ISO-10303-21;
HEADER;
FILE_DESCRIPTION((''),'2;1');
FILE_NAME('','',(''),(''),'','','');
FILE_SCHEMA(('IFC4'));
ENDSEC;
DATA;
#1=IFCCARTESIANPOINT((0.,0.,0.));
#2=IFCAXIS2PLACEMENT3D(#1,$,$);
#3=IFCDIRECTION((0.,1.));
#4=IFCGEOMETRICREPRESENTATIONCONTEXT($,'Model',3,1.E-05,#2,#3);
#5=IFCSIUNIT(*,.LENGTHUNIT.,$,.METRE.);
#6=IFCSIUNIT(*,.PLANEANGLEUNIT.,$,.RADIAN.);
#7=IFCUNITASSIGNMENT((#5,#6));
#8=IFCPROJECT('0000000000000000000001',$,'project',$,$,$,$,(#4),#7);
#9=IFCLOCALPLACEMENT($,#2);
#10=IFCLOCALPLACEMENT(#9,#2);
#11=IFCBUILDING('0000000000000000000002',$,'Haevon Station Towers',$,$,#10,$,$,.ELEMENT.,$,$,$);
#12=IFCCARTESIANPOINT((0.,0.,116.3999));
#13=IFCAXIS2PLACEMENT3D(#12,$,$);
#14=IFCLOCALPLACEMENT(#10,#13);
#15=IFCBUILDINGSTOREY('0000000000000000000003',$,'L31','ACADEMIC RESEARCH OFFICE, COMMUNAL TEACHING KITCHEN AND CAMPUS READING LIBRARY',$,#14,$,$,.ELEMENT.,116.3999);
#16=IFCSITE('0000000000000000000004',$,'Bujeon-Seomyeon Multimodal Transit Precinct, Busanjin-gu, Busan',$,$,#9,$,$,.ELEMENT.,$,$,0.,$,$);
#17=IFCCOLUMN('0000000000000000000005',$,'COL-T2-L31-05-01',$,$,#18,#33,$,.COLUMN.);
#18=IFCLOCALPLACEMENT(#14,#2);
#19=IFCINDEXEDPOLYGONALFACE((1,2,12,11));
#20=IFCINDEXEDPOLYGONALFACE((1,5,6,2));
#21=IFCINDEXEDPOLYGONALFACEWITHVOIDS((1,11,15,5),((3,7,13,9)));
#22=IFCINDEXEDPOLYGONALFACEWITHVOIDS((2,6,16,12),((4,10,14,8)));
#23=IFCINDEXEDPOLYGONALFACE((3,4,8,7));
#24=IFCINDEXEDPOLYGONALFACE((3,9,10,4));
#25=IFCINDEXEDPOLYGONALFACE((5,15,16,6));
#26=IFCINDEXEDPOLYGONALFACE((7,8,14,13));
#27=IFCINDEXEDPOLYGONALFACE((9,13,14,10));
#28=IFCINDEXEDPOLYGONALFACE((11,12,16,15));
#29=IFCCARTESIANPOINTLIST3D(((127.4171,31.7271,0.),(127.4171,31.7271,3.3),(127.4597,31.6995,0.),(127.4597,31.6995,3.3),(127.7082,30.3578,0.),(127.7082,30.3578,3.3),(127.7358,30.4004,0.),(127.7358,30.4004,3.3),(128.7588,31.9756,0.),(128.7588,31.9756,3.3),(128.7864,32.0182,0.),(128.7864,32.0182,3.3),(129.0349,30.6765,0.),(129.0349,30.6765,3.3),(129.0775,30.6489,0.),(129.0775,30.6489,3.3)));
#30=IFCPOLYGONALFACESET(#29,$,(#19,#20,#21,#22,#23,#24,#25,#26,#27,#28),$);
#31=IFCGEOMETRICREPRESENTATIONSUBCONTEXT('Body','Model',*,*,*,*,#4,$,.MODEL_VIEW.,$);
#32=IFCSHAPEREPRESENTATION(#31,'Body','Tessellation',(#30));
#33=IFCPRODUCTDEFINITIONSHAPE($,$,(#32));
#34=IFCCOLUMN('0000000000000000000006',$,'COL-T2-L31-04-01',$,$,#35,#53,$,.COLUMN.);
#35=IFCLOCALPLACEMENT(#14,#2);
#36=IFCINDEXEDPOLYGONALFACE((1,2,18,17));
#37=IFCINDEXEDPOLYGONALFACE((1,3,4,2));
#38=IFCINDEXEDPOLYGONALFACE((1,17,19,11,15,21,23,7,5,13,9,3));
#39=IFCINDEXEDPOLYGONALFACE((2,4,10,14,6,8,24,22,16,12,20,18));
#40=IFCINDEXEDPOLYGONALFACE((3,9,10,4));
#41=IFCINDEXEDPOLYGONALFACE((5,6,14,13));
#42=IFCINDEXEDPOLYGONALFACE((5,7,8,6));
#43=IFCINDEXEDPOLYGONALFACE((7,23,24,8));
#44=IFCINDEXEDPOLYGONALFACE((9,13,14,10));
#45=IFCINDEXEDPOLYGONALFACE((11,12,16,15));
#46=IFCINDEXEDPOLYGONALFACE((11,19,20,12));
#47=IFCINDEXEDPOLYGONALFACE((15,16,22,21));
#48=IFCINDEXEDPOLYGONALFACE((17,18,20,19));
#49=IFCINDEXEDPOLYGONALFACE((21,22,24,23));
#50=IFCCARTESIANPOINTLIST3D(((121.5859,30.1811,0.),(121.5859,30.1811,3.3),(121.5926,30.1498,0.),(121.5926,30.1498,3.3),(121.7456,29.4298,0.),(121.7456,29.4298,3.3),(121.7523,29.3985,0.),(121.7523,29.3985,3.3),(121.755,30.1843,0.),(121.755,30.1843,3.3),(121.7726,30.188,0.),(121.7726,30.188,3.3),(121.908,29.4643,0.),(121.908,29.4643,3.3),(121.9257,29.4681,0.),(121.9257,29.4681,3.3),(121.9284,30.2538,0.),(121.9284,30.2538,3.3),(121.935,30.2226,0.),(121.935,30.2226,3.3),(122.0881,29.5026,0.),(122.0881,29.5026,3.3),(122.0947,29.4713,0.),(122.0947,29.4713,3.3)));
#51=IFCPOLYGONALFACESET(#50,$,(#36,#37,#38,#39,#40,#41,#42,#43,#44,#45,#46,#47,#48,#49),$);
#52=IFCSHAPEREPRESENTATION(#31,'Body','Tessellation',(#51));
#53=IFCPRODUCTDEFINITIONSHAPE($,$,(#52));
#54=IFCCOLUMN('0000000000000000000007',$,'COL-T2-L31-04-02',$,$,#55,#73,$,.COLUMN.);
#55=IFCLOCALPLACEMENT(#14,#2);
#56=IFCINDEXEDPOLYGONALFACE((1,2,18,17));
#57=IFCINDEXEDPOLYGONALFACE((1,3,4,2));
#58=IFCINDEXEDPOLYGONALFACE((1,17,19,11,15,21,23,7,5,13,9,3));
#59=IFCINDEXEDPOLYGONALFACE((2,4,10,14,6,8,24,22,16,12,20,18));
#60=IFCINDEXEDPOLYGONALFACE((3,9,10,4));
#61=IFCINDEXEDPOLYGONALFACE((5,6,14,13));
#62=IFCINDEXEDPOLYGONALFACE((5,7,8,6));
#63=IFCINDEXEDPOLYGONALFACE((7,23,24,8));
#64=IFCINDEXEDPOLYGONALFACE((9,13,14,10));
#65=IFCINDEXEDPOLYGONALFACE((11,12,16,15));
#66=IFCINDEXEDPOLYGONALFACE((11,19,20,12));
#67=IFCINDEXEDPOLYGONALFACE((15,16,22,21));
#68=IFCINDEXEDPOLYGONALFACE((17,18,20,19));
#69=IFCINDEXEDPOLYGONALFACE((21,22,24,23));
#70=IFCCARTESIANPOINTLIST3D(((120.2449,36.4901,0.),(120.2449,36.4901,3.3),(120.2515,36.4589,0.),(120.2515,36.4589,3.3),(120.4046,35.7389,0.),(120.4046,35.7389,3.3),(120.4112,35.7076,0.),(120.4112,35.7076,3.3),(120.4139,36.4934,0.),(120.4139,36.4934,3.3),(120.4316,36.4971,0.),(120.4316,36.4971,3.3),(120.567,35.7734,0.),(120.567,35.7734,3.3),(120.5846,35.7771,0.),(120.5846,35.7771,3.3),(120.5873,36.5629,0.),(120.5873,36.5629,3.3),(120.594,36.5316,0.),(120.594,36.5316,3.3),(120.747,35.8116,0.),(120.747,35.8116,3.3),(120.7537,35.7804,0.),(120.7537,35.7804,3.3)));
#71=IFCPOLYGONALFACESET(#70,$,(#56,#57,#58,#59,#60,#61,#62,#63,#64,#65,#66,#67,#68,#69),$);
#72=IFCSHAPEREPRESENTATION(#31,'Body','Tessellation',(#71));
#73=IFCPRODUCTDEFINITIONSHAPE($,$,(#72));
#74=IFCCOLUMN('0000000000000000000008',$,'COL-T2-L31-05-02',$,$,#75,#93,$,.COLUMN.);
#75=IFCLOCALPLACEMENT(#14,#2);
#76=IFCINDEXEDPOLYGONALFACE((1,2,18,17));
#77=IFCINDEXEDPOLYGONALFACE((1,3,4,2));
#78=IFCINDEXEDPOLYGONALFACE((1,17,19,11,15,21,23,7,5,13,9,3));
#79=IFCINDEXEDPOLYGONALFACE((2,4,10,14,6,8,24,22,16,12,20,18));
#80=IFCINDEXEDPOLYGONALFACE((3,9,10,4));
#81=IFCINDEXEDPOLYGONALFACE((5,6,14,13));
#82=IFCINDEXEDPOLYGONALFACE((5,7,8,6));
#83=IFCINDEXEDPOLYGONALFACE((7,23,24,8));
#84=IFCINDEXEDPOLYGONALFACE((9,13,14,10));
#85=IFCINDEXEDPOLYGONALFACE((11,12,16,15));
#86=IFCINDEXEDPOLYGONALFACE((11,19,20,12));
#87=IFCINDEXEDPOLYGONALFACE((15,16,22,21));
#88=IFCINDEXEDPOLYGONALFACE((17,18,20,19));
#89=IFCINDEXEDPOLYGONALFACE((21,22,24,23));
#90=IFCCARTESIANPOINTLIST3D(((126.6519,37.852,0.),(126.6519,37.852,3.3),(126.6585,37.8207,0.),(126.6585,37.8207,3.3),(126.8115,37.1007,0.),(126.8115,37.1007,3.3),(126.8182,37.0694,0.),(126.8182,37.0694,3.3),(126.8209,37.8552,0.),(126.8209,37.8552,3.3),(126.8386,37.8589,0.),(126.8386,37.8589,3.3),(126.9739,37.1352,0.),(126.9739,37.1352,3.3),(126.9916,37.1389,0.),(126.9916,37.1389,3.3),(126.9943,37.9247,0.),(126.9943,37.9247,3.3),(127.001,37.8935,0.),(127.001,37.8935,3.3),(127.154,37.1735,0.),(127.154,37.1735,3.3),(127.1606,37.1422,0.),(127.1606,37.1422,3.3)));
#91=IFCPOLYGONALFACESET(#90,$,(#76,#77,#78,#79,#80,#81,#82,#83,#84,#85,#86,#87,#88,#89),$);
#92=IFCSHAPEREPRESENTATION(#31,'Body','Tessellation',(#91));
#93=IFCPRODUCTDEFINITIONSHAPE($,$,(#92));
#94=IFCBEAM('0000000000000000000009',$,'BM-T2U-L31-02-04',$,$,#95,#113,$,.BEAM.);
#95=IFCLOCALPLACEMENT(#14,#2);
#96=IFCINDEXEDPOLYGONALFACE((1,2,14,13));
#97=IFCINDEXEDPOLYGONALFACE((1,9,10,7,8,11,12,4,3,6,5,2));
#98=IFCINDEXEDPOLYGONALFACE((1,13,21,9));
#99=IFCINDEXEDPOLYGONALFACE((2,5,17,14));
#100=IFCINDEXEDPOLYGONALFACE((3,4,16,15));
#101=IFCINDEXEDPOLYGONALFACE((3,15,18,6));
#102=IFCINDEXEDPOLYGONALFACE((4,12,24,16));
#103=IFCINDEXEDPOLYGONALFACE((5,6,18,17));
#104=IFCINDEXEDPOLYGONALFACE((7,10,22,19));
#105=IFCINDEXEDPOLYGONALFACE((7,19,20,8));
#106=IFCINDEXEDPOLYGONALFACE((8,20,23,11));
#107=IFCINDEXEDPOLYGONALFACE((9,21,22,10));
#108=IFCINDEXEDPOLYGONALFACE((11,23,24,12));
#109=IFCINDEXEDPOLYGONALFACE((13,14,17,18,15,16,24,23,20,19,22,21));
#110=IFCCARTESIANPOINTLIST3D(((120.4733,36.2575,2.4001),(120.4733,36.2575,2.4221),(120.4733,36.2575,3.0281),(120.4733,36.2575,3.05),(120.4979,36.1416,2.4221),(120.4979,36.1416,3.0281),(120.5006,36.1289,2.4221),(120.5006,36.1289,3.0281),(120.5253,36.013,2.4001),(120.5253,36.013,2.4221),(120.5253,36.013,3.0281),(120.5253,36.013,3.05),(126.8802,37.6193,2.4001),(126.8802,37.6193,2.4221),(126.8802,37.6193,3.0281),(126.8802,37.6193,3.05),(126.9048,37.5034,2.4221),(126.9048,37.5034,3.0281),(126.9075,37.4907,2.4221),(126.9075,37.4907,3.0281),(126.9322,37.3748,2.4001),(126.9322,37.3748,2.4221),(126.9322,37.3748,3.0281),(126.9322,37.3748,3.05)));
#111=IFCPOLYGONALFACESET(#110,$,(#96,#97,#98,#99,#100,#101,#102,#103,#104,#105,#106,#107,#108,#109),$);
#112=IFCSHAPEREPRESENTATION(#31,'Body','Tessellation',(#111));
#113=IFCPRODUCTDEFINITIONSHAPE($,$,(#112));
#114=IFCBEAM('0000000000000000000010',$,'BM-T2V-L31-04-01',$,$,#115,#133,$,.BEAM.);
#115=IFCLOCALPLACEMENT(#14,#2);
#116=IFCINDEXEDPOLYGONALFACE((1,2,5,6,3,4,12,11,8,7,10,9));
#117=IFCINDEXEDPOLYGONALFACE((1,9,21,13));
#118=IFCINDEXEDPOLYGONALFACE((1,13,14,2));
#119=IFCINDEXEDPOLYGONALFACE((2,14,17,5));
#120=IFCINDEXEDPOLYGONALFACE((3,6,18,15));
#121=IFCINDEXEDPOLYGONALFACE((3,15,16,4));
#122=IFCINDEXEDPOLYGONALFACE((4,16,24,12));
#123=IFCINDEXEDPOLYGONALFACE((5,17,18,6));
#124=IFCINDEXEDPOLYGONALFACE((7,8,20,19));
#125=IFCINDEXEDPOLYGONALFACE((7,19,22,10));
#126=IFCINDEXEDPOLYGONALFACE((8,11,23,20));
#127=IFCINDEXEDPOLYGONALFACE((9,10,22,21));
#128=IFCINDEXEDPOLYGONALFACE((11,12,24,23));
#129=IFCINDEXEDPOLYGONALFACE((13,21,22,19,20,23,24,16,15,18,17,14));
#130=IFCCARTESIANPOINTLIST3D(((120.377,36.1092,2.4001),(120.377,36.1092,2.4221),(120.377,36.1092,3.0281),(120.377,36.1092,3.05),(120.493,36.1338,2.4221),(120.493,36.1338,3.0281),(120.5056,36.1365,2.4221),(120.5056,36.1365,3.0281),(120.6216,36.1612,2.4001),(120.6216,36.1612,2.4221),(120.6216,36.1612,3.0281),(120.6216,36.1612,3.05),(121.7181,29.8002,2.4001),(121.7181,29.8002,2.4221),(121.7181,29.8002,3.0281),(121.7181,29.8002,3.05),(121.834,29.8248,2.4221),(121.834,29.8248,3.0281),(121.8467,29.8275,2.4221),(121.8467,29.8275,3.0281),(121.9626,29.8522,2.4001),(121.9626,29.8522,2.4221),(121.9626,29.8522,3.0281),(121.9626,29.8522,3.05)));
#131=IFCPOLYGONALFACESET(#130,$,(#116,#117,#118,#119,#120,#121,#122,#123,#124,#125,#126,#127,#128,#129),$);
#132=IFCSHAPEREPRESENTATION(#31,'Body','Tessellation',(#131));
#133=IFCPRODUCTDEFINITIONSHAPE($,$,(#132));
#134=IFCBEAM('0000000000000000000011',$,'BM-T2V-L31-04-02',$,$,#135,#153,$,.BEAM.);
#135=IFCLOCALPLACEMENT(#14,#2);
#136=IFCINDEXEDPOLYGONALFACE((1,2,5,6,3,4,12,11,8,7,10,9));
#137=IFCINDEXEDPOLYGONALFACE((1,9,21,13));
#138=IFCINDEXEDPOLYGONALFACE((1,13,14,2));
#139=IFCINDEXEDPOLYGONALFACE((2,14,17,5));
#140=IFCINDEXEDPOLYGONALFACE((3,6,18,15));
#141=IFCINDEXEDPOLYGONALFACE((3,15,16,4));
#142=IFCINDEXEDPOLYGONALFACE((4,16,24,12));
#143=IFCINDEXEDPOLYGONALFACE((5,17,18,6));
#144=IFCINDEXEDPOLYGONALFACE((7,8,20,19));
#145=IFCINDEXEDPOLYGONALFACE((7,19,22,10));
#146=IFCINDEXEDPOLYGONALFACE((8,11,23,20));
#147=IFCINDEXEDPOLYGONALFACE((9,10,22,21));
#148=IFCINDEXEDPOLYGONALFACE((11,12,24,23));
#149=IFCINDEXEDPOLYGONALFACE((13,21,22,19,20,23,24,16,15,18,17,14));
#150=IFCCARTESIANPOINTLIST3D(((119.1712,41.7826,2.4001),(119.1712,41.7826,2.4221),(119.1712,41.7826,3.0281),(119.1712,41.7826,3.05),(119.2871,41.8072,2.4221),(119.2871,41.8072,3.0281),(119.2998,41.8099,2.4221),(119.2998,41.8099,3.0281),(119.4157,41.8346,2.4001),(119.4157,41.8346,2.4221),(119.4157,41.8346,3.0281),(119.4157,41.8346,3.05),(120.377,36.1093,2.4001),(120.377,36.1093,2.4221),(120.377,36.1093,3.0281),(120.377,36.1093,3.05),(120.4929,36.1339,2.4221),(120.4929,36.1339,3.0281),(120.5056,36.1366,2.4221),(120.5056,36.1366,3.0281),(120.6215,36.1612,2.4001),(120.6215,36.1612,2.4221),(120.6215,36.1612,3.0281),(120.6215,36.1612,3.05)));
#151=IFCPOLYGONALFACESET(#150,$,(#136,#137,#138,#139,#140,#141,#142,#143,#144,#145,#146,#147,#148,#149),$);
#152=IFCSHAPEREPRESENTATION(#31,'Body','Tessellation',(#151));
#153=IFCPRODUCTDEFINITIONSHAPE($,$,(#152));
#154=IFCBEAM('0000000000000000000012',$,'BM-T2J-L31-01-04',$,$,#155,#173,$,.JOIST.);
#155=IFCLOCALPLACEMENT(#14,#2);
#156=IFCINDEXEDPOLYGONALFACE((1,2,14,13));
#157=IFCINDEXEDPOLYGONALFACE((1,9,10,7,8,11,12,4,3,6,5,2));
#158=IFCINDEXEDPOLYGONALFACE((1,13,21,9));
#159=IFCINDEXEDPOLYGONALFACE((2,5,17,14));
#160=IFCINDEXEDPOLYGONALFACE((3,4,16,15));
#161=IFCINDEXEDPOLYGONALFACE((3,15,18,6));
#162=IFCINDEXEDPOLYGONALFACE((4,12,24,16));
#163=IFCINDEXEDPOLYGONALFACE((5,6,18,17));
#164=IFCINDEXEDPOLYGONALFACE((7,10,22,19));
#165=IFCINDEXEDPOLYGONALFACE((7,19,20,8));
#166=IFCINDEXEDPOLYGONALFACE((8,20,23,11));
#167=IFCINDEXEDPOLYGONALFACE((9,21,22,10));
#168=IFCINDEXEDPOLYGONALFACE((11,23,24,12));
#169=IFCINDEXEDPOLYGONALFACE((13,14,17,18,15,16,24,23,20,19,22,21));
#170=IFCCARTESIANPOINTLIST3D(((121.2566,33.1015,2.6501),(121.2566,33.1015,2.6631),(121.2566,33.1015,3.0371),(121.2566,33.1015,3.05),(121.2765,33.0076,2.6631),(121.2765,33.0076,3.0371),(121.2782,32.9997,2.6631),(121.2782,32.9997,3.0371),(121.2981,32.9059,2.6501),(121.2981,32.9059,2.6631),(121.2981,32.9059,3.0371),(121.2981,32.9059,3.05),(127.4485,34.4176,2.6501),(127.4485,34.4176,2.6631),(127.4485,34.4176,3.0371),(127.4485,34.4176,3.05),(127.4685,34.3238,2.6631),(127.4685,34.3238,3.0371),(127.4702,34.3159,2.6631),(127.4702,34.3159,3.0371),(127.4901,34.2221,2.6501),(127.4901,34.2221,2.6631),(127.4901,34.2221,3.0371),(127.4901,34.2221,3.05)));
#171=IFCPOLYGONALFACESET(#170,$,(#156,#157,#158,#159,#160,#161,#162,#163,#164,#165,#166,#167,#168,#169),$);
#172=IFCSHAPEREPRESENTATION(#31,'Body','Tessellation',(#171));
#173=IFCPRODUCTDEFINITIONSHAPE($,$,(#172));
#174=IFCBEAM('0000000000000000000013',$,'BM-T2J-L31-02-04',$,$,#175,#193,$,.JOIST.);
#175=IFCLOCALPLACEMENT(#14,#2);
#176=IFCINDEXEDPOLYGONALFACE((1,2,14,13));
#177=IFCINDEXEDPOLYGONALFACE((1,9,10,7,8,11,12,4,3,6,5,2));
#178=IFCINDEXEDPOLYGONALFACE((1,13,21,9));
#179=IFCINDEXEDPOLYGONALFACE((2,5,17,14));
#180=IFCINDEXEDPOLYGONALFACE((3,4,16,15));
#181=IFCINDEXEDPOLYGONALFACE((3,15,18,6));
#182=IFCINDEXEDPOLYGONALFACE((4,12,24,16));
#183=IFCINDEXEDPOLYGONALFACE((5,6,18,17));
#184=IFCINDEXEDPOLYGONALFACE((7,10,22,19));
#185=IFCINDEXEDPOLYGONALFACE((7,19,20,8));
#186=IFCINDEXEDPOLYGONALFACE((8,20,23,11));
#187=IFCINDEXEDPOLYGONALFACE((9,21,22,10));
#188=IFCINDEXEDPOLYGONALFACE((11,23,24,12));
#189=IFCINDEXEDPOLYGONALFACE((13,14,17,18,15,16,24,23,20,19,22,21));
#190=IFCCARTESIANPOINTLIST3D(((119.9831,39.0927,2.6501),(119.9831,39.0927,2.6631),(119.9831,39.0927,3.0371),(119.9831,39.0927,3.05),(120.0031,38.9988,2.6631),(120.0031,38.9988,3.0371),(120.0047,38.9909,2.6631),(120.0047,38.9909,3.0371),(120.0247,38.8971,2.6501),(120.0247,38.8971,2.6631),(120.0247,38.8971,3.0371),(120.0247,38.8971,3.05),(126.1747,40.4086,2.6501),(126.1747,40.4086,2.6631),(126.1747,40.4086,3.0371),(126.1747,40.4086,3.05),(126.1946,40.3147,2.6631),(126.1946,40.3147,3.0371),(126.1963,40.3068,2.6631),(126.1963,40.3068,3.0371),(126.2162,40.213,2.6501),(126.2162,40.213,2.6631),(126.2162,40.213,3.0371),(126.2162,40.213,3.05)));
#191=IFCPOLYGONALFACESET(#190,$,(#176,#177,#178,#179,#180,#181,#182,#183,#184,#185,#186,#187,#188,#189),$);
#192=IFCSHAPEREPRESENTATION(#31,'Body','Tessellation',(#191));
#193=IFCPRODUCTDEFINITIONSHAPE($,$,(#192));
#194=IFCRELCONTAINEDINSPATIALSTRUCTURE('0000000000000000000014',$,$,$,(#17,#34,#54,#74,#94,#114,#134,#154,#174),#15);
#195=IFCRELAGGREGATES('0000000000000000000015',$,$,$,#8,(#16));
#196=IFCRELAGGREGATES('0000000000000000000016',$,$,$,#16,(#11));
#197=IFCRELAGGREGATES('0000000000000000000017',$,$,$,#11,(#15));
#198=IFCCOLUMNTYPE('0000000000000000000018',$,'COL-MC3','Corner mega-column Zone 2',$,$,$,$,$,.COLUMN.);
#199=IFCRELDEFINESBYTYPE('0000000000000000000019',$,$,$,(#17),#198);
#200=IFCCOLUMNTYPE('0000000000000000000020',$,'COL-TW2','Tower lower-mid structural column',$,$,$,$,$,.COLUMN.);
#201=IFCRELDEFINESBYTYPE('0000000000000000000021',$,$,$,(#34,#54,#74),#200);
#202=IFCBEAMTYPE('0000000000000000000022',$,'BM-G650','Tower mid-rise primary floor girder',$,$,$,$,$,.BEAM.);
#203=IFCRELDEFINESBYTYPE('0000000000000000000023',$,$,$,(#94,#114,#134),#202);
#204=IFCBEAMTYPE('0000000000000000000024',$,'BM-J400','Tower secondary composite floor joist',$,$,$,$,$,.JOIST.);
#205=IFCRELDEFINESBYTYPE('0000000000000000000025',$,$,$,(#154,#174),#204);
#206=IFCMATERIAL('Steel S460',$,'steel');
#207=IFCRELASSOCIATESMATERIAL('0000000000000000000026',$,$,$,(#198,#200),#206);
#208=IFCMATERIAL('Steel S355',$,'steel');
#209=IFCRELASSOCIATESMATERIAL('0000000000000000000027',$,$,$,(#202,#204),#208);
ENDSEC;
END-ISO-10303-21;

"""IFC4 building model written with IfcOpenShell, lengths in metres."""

from ifc_helpers import new_model, si_unit, direction, frame, origin, origin_2d, place, context, subcontext, project, spatial, hollow_rectangle, i_section, extrude, material, material_profile, profile_set, type_object, element, save


model = new_model("IFC4")

# Units and contexts
model_context = context("Model", 3, precision=1e-05, world=origin(), true_north=direction((0.0, 1.0)))
body_context = subcontext(model_context, "Body", "Model", "MODEL_VIEW")
ifc_project = project(units=[si_unit("LENGTHUNIT", "METRE"), si_unit("PLANEANGLEUNIT", "RADIAN")], contexts=[model_context])

# Site, building, storey
site_placement = place(None, origin())
site = spatial("IfcSite", under=ifc_project, at=site_placement, Name="Bujeon-Seomyeon Multimodal Transit Precinct, Busanjin-gu, Busan", CompositionType="ELEMENT", RefElevation=0.0)
building_placement = place(site_placement, origin())
building = spatial("IfcBuilding", under=site, at=building_placement, Name="Haevon Station Towers", CompositionType="ELEMENT")
storey_placement = place(building_placement, frame((0.0, 0.0, 116.3999)))
storey = spatial("IfcBuildingStorey", under=building, at=storey_placement, Name="L31", Description="ACADEMIC RESEARCH OFFICE, COMMUNAL TEACHING KITCHEN AND CAMPUS READING LIBRARY", CompositionType="ELEMENT", Elevation=116.3999)

# Columns
ifc_material_1 = material(Name="Steel S460", Category="steel")
ifc_material_profile_1 = material_profile(ifc_material_1, hollow_rectangle(XDim=1.3999, YDim=1.3999, WallThickness=0.0359, at=origin_2d()), Name="BOX-1400x1400x36")
ifc_profile_set_1 = profile_set([ifc_material_profile_1], Name="Steel S460")
column_type_1 = type_object("IfcColumnType", Name="COL-MC3", Description="Corner mega-column Zone 2", PredefinedType="COLUMN", material=ifc_profile_set_1)
column_placement = place(storey_placement, frame((128.2473, 31.188, 0.0), z_axis=(0.0, 0.0, 1.0), x_axis=(0.978148, 0.207912, 0.0)))
element("IfcColumn", 1, at=column_placement, inside=storey, type_object=column_type_1, Name="COL-T2-L31-05-01", PredefinedType="COLUMN", context=body_context, shape_type="SweptSolid", body=[
    extrude(hollow_rectangle(XDim=1.3999, YDim=1.3999, WallThickness=0.0359, at=origin_2d()), origin(), (0.0, 0.0, 1.0), 3.3),
])
ifc_material_profile_2 = material_profile(ifc_material_1, i_section(OverallWidth=0.3501, OverallDepth=0.8, WebThickness=0.0181, FlangeThickness=0.032, at=origin_2d()), Name="H-800x350x18x32")
ifc_profile_set_2 = profile_set([ifc_material_profile_2], Name="Steel S460")
column_type_2 = type_object("IfcColumnType", Name="COL-TW2", Description="Tower lower-mid structural column", PredefinedType="COLUMN", material=ifc_profile_set_2)
for number, where, z_axis, x_axis, name in (
    (2, (121.8403, 29.8262, 0.0), (0.0, 0.0, 1.0), (0.978148, 0.207912, 0.0), "COL-T2-L31-04-01"),
    (3, (120.4993, 36.1353, 0.0), (0.0, 0.0, 1.0), (0.978148, 0.207912, 0.0), "COL-T2-L31-04-02"),
    (4, (126.9062, 37.4971, 0.0), (0.0, 0.0, 1.0), (0.978148, 0.207912, 0.0), "COL-T2-L31-05-02"),
):
    element("IfcColumn", number, at=place(storey_placement, frame(where, z_axis=z_axis, x_axis=x_axis)), inside=storey, type_object=column_type_2, Name=name, PredefinedType="COLUMN", context=body_context, shape_type="SweptSolid", body=[
        extrude(i_section(OverallWidth=0.3501, OverallDepth=0.8, WebThickness=0.0181, FlangeThickness=0.032, at=origin_2d()), origin(), (0.0, 0.0, 1.0), 3.3),
    ])

# Beams
ifc_material_2 = material(Name="Steel S355", Category="steel")
ifc_material_profile_3 = material_profile(ifc_material_2, i_section(OverallWidth=0.25, OverallDepth=0.6499, WebThickness=0.0129, FlangeThickness=0.022, at=origin_2d()), Name="H-650x250x13x22")
ifc_profile_set_3 = profile_set([ifc_material_profile_3], Name="Steel S355")
beam_type_1 = type_object("IfcBeamType", Name="BM-G650", Description="Tower mid-rise primary floor girder", PredefinedType="BEAM", material=ifc_profile_set_3)
beam_1_placement = place(storey_placement, frame((120.4993, 36.1353, 2.7251), z_axis=(0.978149, 0.207907, 0.0), x_axis=(-0.207907, 0.978149, 0.0)))
element("IfcBeam", 5, at=beam_1_placement, inside=storey, type_object=beam_type_1, Name="BM-T2U-L31-02-04", PredefinedType="BEAM", context=body_context, shape_type="SweptSolid", body=[
    extrude(i_section(OverallWidth=0.25, OverallDepth=0.6499, WebThickness=0.0129, FlangeThickness=0.022, at=origin_2d()), origin(), (0.0, 0.0, 1.0), 6.55),
])
beam_2_placement = place(storey_placement, frame((121.8403, 29.8262, 2.7251), z_axis=(-0.207916, 0.978147, 0.0), x_axis=(-0.978147, -0.207916, 0.0)))
element("IfcBeam", 6, at=beam_2_placement, inside=storey, type_object=beam_type_1, Name="BM-T2V-L31-04-01", PredefinedType="BEAM", context=body_context, shape_type="SweptSolid", body=[
    extrude(i_section(OverallWidth=0.25, OverallDepth=0.6499, WebThickness=0.0129, FlangeThickness=0.022, at=origin_2d()), origin(), (0.0, 0.0, 1.0), 6.45),
])
beam_3_placement = place(storey_placement, frame((120.4993, 36.1353, 2.7251), z_axis=(-0.207896, 0.978151, 0.0), x_axis=(-0.978151, -0.207896, 0.0)))
element("IfcBeam", 7, at=beam_3_placement, inside=storey, type_object=beam_type_1, Name="BM-T2V-L31-04-02", PredefinedType="BEAM", context=body_context, shape_type="SweptSolid", body=[
    extrude(i_section(OverallWidth=0.25, OverallDepth=0.6499, WebThickness=0.0129, FlangeThickness=0.022, at=origin_2d()), origin(), (0.0, 0.0, 1.0), 5.8),
])
ifc_material_profile_4 = material_profile(ifc_material_2, i_section(OverallWidth=0.2, OverallDepth=0.3999, WebThickness=0.0081, FlangeThickness=0.0129, at=origin_2d()), Name="H-400x200x8x13")
ifc_profile_set_4 = profile_set([ifc_material_profile_4], Name="Steel S355")
beam_type_2 = type_object("IfcBeamType", Name="BM-J400", Description="Tower secondary composite floor joist", PredefinedType="JOIST", material=ifc_profile_set_4)
beam_4_placement = place(storey_placement, frame((121.2773, 33.0037, 2.8501), z_axis=(0.978146, 0.207917, 0.0), x_axis=(-0.207917, 0.978146, 0.0)))
element("IfcBeam", 8, at=beam_4_placement, inside=storey, type_object=beam_type_2, Name="BM-T2J-L31-01-04", PredefinedType="JOIST", context=body_context, shape_type="SweptSolid", body=[
    extrude(i_section(OverallWidth=0.2, OverallDepth=0.3999, WebThickness=0.0081, FlangeThickness=0.0129, at=origin_2d()), origin(), (0.0, 0.0, 1.0), 6.3303),
])
beam_5_placement = place(storey_placement, frame((120.0039, 38.9949, 2.8501), z_axis=(0.978153, 0.207888, 0.0), x_axis=(-0.207888, 0.978153, 0.0)))
element("IfcBeam", 9, at=beam_5_placement, inside=storey, type_object=beam_type_2, Name="BM-T2J-L31-02-04", PredefinedType="JOIST", context=body_context, shape_type="SweptSolid", body=[
    extrude(i_section(OverallWidth=0.2, OverallDepth=0.3999, WebThickness=0.0081, FlangeThickness=0.0129, at=origin_2d()), origin(), (0.0, 0.0, 1.0), 6.3298),
])

save(model, "model.ifc")
